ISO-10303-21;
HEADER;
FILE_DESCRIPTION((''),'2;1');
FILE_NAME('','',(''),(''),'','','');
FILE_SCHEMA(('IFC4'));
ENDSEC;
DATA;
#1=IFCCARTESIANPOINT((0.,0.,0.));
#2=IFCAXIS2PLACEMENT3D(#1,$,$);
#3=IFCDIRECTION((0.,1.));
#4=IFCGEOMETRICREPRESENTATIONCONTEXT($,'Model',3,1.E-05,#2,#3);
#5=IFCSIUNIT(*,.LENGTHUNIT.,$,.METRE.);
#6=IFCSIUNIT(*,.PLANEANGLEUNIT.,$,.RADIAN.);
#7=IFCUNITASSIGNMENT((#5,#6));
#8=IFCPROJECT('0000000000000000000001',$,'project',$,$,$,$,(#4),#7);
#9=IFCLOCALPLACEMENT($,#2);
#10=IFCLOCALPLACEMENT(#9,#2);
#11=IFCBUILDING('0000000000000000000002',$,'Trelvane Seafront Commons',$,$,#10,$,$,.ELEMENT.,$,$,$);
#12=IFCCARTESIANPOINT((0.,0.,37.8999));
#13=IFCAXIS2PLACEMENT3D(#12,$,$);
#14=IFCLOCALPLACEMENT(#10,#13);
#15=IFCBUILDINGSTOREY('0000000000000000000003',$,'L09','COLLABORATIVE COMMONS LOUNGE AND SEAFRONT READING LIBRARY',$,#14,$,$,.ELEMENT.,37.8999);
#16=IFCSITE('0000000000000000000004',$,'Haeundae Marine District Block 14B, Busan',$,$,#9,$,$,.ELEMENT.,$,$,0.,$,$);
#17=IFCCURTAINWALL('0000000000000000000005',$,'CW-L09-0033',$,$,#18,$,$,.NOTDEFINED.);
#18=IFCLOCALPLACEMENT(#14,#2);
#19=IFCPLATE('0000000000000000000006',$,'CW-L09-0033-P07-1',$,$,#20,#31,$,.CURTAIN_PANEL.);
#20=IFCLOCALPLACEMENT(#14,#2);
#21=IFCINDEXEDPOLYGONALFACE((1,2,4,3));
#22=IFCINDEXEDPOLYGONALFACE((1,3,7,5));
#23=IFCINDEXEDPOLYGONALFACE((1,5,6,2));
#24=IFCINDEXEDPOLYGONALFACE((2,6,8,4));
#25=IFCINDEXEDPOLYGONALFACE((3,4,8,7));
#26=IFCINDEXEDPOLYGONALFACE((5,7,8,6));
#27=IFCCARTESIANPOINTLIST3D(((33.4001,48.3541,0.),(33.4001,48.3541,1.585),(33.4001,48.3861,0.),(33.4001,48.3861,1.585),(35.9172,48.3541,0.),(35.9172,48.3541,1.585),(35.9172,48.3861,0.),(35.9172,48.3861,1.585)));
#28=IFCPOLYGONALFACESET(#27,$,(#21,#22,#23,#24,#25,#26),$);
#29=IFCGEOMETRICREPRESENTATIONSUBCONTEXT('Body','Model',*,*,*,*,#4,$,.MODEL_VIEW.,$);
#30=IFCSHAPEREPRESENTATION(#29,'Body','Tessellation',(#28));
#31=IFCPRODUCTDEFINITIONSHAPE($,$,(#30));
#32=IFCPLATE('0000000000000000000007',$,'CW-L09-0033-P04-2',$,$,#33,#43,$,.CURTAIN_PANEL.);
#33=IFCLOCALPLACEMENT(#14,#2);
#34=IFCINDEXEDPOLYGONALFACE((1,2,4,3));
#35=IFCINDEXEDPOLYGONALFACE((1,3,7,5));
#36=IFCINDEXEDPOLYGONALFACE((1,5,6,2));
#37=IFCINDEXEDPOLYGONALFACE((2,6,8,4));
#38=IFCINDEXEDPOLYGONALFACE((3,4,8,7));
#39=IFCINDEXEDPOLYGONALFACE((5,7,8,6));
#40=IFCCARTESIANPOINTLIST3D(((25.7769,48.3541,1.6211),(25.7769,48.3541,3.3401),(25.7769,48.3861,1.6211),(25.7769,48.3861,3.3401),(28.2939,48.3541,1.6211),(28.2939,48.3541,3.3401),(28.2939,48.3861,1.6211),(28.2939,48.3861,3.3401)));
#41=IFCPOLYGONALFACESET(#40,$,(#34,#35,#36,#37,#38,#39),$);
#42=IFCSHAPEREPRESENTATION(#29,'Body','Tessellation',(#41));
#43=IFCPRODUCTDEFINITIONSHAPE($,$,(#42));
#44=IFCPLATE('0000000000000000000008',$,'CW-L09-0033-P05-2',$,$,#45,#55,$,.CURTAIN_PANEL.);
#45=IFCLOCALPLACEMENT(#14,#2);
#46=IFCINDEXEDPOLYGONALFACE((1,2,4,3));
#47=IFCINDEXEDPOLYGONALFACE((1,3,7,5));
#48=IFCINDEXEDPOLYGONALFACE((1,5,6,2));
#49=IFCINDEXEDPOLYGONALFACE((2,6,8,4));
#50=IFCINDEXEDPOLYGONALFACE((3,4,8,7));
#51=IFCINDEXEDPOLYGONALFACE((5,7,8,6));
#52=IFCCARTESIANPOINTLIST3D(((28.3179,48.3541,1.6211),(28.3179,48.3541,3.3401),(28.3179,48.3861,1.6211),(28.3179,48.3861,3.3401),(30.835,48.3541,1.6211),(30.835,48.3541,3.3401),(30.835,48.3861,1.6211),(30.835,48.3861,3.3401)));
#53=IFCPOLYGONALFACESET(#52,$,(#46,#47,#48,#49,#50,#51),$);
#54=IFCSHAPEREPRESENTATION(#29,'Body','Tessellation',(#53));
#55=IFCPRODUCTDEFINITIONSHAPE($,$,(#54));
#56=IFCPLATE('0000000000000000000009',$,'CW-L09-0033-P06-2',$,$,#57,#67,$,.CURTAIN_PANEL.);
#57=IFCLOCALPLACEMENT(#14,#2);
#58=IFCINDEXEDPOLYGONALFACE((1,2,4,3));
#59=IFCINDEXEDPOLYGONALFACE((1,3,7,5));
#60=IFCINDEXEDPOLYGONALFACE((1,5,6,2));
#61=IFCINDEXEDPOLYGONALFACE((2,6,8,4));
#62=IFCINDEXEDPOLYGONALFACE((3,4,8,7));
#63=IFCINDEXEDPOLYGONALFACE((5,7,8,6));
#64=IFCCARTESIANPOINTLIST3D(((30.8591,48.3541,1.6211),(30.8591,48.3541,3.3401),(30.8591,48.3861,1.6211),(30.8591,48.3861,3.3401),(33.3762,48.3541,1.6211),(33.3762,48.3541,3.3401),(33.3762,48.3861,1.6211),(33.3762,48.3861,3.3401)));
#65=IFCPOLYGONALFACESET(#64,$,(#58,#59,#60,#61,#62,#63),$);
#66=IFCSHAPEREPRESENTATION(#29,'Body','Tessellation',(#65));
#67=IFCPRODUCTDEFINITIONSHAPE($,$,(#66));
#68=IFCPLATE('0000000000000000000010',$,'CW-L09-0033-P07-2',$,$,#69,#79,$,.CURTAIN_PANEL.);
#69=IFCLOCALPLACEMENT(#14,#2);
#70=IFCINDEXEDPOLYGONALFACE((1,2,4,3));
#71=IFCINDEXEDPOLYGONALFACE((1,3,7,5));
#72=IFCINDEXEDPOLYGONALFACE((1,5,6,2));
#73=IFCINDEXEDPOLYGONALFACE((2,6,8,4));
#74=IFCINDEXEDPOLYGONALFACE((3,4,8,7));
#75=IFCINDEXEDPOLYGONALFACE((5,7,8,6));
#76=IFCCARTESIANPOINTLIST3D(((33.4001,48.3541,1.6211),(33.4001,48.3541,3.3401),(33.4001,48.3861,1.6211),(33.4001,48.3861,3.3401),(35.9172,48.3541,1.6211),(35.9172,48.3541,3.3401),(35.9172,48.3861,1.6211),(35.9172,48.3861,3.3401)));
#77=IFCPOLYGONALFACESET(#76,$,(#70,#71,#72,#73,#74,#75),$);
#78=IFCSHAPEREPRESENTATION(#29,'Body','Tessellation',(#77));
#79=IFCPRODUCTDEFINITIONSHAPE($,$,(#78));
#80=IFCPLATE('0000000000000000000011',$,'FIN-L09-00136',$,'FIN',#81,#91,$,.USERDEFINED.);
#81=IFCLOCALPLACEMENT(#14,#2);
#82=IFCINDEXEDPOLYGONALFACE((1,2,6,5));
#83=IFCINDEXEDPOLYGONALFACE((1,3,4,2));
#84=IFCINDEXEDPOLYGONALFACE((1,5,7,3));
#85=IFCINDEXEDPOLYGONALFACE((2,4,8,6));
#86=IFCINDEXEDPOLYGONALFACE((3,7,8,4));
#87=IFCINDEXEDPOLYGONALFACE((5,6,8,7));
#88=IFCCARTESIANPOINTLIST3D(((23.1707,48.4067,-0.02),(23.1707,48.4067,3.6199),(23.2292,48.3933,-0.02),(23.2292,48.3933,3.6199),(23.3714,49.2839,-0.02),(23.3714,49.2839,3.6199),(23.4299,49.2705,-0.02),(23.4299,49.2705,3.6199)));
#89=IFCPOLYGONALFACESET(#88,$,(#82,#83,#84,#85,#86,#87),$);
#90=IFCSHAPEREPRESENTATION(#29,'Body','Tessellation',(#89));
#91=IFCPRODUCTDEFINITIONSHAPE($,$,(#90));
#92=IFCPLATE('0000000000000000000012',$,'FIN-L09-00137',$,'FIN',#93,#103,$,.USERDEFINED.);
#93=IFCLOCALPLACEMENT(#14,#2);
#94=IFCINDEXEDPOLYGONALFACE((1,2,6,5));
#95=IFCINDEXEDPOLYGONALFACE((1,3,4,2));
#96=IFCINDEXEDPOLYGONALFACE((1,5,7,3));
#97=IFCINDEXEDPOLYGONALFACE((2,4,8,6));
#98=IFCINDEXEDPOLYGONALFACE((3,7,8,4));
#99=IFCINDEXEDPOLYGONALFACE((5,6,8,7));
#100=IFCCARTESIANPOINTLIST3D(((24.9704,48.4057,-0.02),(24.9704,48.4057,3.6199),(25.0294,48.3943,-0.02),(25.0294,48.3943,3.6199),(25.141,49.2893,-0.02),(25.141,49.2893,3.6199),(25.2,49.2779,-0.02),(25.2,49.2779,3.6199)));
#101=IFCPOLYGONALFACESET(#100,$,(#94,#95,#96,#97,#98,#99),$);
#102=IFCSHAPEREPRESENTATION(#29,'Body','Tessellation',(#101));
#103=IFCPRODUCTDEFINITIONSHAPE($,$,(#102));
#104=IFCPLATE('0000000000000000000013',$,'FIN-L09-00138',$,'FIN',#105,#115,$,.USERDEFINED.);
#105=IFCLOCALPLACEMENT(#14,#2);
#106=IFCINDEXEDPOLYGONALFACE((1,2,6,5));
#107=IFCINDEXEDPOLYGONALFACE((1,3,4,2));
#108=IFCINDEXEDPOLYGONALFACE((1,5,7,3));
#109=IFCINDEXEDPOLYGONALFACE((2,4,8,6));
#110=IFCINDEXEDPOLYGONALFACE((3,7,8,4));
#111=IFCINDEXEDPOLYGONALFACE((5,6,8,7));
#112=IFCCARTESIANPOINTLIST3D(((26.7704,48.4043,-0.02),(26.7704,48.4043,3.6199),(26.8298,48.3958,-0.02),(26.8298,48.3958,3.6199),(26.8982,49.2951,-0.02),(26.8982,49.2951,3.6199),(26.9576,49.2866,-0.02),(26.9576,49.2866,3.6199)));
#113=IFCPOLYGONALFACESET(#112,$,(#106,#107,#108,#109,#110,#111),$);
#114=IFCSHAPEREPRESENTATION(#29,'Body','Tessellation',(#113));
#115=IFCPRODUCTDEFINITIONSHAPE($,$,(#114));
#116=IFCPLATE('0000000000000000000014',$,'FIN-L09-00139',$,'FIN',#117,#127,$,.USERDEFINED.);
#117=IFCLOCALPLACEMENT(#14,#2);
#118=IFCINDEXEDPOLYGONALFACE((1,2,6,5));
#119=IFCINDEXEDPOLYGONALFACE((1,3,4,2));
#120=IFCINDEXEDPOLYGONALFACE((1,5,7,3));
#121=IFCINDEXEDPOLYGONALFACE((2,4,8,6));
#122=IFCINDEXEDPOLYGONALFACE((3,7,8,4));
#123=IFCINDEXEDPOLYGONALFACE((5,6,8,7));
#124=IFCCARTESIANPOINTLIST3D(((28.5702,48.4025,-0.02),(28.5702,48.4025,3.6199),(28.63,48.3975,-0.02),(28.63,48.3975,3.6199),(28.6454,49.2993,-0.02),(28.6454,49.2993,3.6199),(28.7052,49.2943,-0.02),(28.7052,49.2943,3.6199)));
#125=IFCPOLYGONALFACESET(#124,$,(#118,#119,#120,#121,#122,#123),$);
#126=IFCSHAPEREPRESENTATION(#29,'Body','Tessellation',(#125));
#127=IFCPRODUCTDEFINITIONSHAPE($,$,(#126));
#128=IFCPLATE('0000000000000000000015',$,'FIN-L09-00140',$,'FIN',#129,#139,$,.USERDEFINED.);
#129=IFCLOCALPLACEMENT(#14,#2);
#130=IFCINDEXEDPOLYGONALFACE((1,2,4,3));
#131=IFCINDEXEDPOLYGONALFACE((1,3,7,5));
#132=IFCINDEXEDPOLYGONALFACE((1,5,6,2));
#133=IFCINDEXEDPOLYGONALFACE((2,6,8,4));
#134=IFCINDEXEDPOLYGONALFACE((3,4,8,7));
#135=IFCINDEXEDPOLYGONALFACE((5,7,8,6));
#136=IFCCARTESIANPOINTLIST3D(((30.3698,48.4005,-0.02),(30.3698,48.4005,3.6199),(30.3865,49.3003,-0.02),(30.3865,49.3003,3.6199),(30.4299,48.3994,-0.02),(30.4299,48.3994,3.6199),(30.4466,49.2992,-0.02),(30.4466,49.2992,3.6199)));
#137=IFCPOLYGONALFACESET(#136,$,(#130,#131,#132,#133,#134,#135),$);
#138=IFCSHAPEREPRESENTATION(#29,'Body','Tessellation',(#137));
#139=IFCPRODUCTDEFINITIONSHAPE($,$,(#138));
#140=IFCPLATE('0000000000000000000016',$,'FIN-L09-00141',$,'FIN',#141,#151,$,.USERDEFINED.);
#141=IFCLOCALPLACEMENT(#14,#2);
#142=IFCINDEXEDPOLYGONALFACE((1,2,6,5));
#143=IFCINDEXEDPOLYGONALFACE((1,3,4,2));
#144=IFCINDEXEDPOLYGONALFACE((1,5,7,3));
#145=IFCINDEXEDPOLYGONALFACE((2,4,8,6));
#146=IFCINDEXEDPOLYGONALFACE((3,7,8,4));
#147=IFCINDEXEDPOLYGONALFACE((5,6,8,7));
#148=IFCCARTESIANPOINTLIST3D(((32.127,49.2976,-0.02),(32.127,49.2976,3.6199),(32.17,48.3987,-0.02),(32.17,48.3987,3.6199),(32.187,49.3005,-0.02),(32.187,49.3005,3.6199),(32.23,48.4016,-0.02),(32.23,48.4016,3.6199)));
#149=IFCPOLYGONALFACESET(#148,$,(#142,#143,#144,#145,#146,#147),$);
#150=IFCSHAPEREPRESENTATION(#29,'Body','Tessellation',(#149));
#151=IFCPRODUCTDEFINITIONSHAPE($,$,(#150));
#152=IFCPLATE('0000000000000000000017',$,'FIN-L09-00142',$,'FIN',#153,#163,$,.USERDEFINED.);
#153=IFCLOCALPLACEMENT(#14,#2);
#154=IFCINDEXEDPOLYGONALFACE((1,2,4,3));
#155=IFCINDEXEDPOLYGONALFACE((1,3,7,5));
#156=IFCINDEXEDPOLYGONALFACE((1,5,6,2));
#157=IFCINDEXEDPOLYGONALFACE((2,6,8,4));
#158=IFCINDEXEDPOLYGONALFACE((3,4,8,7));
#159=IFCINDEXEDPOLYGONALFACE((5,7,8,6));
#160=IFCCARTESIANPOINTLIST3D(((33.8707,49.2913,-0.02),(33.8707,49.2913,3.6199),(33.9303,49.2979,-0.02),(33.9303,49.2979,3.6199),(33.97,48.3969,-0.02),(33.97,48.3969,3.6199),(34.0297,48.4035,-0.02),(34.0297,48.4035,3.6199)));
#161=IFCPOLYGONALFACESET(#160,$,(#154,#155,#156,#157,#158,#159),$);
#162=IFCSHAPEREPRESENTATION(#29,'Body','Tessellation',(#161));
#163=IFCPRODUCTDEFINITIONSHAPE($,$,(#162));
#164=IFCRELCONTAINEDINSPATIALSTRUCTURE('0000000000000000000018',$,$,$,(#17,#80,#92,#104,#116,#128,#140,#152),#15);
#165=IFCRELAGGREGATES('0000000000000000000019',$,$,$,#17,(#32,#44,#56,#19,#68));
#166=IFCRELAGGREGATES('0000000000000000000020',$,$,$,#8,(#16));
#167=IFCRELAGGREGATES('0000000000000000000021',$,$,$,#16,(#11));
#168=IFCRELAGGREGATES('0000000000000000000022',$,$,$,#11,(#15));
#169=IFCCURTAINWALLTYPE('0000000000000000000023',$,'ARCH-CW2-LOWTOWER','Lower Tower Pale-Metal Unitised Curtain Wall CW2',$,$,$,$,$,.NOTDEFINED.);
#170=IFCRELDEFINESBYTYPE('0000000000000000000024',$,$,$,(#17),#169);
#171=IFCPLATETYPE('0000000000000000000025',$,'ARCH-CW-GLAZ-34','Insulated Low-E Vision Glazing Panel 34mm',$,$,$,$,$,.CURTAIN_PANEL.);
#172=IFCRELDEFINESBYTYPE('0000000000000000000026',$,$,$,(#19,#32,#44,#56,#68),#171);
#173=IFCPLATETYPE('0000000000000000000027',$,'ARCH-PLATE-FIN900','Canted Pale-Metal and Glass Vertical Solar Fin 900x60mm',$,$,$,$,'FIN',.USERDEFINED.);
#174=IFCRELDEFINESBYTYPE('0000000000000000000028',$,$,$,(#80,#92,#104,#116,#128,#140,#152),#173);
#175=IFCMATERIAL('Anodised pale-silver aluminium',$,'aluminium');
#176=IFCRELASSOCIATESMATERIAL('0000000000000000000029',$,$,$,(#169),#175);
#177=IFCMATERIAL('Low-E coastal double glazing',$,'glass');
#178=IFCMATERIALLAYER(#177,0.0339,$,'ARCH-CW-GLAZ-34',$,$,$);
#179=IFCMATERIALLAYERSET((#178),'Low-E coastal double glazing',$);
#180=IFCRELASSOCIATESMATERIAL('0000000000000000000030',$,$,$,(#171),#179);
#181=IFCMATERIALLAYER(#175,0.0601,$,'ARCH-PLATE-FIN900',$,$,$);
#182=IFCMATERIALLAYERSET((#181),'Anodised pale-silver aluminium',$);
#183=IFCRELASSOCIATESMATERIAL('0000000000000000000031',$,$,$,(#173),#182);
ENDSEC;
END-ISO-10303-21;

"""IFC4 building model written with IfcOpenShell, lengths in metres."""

from ifc_helpers import new_model, si_unit, direction, frame, origin, origin_2d, place, context, subcontext, project, spatial, rectangle, extrude, source, transform, mapped, material, layer, layer_set, type_object, element, aggregate, save


model = new_model("IFC4")

# Units and contexts
model_context = context("Model", 3, precision=1e-05, world=origin(), true_north=direction((0.0, 1.0)))
body_context = subcontext(model_context, "Body", "Model", "MODEL_VIEW")
ifc_project = project(units=[si_unit("LENGTHUNIT", "METRE"), si_unit("PLANEANGLEUNIT", "RADIAN")], contexts=[model_context])

# Site, building, storey
site_placement = place(None, origin())
site = spatial("IfcSite", under=ifc_project, at=site_placement, Name="Haeundae Marine District Block 14B, Busan", CompositionType="ELEMENT", RefElevation=0.0)
building_placement = place(site_placement, origin())
building = spatial("IfcBuilding", under=site, at=building_placement, Name="Trelvane Seafront Commons", CompositionType="ELEMENT")
storey_placement = place(building_placement, frame((0.0, 0.0, 37.8999)))
storey = spatial("IfcBuildingStorey", under=building, at=storey_placement, Name="L09", Description="COLLABORATIVE COMMONS LOUNGE AND SEAFRONT READING LIBRARY", CompositionType="ELEMENT", Elevation=37.8999)

# Curtain wall, plates
ifc_material_1 = material(Name="Anodised pale-silver aluminium", Category="aluminium")
curtain_wall_type = type_object("IfcCurtainWallType", Name="ARCH-CW2-LOWTOWER", Description="Lower Tower Pale-Metal Unitised Curtain Wall CW2", PredefinedType="NOTDEFINED", material=ifc_material_1)
curtain_wall_placement = place(storey_placement, origin())
curtain_wall = element("IfcCurtainWall", 1, at=curtain_wall_placement, inside=storey, type_object=curtain_wall_type, Name="CW-L09-0033", PredefinedType="NOTDEFINED")
ifc_material_2 = material(Name="Low-E coastal double glazing", Category="glass")
ifc_layer_1 = layer(ifc_material_2, 0.0339, Name="ARCH-CW-GLAZ-34")
ifc_layer_set_1 = layer_set([ifc_layer_1], Name="Low-E coastal double glazing")
plate_type_1 = type_object("IfcPlateType", Name="ARCH-CW-GLAZ-34", Description="Insulated Low-E Vision Glazing Panel 34mm", PredefinedType="CURTAIN_PANEL", material=ifc_layer_set_1)
shared_shape_1 = source(origin(), body_context, "Body", "SweptSolid", [
    extrude(rectangle(XDim=2.5171, YDim=0.032, at=origin_2d()), origin(), (0.0, 0.0, 1.0), 1.585),
])
plate_1_placement = place(storey_placement, frame((34.6587, 48.3701, 0.0), z_axis=(0.0, 0.0, 1.0), x_axis=(1.0, 0.0, 0.0)))
plate_1 = element("IfcPlate", 2, at=plate_1_placement, type_object=plate_type_1, Name="CW-L09-0033-P07-1", PredefinedType="CURTAIN_PANEL", context=body_context, shape_type="MappedRepresentation", body=[
    mapped(shared_shape_1, transform((0.0, 0.0, 0.0), x_axis=(1.0, 0.0, 0.0), y_axis=(0.0, 1.0, 0.0), z_axis=(0.0, 0.0, 1.0), scale=1.0)),
])
shared_shape_2 = source(origin(), body_context, "Body", "SweptSolid", [
    extrude(rectangle(XDim=2.5171, YDim=0.032, at=origin_2d()), origin(), (0.0, 0.0, 1.0), 1.719),
])
plate_2_placement = place(storey_placement, frame((27.0354, 48.3701, 1.6211), z_axis=(0.0, 0.0, 1.0), x_axis=(1.0, 0.0, 0.0)))
plate_2 = element("IfcPlate", 3, at=plate_2_placement, type_object=plate_type_1, Name="CW-L09-0033-P04-2", PredefinedType="CURTAIN_PANEL", context=body_context, shape_type="MappedRepresentation", body=[
    mapped(shared_shape_2, transform((0.0, 0.0, 0.0), x_axis=(1.0, 0.0, 0.0), y_axis=(0.0, 1.0, 0.0), z_axis=(0.0, 0.0, 1.0), scale=1.0)),
])
plate_3_placement = place(storey_placement, frame((29.5764, 48.3701, 1.6211), z_axis=(0.0, 0.0, 1.0), x_axis=(1.0, 0.0, 0.0)))
plate_3 = element("IfcPlate", 4, at=plate_3_placement, type_object=plate_type_1, Name="CW-L09-0033-P05-2", PredefinedType="CURTAIN_PANEL", context=body_context, shape_type="MappedRepresentation", body=[
    mapped(shared_shape_2, transform((0.0, 0.0, 0.0), x_axis=(1.0, 0.0, 0.0), y_axis=(0.0, 1.0, 0.0), z_axis=(0.0, 0.0, 1.0), scale=1.0)),
])
plate_4_placement = place(storey_placement, frame((32.1177, 48.3701, 1.6211), z_axis=(0.0, 0.0, 1.0), x_axis=(1.0, 0.0, 0.0)))
plate_4 = element("IfcPlate", 5, at=plate_4_placement, type_object=plate_type_1, Name="CW-L09-0033-P06-2", PredefinedType="CURTAIN_PANEL", context=body_context, shape_type="MappedRepresentation", body=[
    mapped(shared_shape_2, transform((0.0, 0.0, 0.0), x_axis=(1.0, 0.0, 0.0), y_axis=(0.0, 1.0, 0.0), z_axis=(0.0, 0.0, 1.0), scale=1.0)),
])
plate_5_placement = place(storey_placement, frame((34.6587, 48.3701, 1.6211), z_axis=(0.0, 0.0, 1.0), x_axis=(1.0, 0.0, 0.0)))
plate_5 = element("IfcPlate", 6, at=plate_5_placement, type_object=plate_type_1, Name="CW-L09-0033-P07-2", PredefinedType="CURTAIN_PANEL", context=body_context, shape_type="MappedRepresentation", body=[
    mapped(shared_shape_2, transform((0.0, 0.0, 0.0), x_axis=(1.0, 0.0, 0.0), y_axis=(0.0, 1.0, 0.0), z_axis=(0.0, 0.0, 1.0), scale=1.0)),
])
aggregate(curtain_wall, [plate_2, plate_3, plate_4, plate_1, plate_5])

# Plates
ifc_layer_2 = layer(ifc_material_1, 0.0601, Name="ARCH-PLATE-FIN900")
ifc_layer_set_2 = layer_set([ifc_layer_2], Name="Anodised pale-silver aluminium")
plate_type_2 = type_object("IfcPlateType", Name="ARCH-PLATE-FIN900", Description="Canted Pale-Metal and Glass Vertical Solar Fin 900x60mm", ElementType="FIN", PredefinedType="USERDEFINED", material=ifc_layer_set_2)
shared_shape_3 = source(origin(), body_context, "Body", "SweptSolid", [
    extrude(rectangle(XDim=0.8999, YDim=0.0601, at=origin_2d()), origin(), (0.0, 0.0, 1.0), 3.6399),
])
for number, where, z_axis, x_axis, name in (
    (7, (23.3003, 48.8386, -0.02), (0.0, 0.0, 1.0), (0.223009, 0.974816, 0.0), "FIN-L09-00136"),
    (8, (25.0852, 48.8418, -0.02), (0.0, 0.0, 1.0), (0.189551, 0.981871, 0.0), "FIN-L09-00137"),
    (9, (26.864, 48.8455, -0.02), (0.0, 0.0, 1.0), (0.141997, 0.989867, 0.0), "FIN-L09-00138"),
    (10, (28.6377, 48.8484, -0.02), (0.0, 0.0, 1.0), (0.083551, 0.996504, 0.0), "FIN-L09-00139"),
    (11, (30.4082, 48.8499, -0.02), (0.0, 0.0, 1.0), (0.018557, 0.999828, 0.0), "FIN-L09-00140"),
    (12, (32.1785, 48.8496, -0.02), (0.0, 0.0, 1.0), (-0.047776, 0.998858, 0.0), "FIN-L09-00141"),
    (13, (33.9502, 48.8474, -0.02), (0.0, 0.0, 1.0), (-0.110444, 0.993882, 0.0), "FIN-L09-00142"),
):
    element("IfcPlate", number, at=place(storey_placement, frame(where, z_axis=z_axis, x_axis=x_axis)), inside=storey, type_object=plate_type_2, Name=name, ObjectType="FIN", PredefinedType="USERDEFINED", context=body_context, shape_type="MappedRepresentation", body=[
        mapped(shared_shape_3, transform((0.0, 0.0, 0.0), x_axis=(1.0, 0.0, 0.0), y_axis=(0.0, 1.0, 0.0), z_axis=(0.0, 0.0, 1.0), scale=1.0)),
    ])

save(model, "model.ifc")
